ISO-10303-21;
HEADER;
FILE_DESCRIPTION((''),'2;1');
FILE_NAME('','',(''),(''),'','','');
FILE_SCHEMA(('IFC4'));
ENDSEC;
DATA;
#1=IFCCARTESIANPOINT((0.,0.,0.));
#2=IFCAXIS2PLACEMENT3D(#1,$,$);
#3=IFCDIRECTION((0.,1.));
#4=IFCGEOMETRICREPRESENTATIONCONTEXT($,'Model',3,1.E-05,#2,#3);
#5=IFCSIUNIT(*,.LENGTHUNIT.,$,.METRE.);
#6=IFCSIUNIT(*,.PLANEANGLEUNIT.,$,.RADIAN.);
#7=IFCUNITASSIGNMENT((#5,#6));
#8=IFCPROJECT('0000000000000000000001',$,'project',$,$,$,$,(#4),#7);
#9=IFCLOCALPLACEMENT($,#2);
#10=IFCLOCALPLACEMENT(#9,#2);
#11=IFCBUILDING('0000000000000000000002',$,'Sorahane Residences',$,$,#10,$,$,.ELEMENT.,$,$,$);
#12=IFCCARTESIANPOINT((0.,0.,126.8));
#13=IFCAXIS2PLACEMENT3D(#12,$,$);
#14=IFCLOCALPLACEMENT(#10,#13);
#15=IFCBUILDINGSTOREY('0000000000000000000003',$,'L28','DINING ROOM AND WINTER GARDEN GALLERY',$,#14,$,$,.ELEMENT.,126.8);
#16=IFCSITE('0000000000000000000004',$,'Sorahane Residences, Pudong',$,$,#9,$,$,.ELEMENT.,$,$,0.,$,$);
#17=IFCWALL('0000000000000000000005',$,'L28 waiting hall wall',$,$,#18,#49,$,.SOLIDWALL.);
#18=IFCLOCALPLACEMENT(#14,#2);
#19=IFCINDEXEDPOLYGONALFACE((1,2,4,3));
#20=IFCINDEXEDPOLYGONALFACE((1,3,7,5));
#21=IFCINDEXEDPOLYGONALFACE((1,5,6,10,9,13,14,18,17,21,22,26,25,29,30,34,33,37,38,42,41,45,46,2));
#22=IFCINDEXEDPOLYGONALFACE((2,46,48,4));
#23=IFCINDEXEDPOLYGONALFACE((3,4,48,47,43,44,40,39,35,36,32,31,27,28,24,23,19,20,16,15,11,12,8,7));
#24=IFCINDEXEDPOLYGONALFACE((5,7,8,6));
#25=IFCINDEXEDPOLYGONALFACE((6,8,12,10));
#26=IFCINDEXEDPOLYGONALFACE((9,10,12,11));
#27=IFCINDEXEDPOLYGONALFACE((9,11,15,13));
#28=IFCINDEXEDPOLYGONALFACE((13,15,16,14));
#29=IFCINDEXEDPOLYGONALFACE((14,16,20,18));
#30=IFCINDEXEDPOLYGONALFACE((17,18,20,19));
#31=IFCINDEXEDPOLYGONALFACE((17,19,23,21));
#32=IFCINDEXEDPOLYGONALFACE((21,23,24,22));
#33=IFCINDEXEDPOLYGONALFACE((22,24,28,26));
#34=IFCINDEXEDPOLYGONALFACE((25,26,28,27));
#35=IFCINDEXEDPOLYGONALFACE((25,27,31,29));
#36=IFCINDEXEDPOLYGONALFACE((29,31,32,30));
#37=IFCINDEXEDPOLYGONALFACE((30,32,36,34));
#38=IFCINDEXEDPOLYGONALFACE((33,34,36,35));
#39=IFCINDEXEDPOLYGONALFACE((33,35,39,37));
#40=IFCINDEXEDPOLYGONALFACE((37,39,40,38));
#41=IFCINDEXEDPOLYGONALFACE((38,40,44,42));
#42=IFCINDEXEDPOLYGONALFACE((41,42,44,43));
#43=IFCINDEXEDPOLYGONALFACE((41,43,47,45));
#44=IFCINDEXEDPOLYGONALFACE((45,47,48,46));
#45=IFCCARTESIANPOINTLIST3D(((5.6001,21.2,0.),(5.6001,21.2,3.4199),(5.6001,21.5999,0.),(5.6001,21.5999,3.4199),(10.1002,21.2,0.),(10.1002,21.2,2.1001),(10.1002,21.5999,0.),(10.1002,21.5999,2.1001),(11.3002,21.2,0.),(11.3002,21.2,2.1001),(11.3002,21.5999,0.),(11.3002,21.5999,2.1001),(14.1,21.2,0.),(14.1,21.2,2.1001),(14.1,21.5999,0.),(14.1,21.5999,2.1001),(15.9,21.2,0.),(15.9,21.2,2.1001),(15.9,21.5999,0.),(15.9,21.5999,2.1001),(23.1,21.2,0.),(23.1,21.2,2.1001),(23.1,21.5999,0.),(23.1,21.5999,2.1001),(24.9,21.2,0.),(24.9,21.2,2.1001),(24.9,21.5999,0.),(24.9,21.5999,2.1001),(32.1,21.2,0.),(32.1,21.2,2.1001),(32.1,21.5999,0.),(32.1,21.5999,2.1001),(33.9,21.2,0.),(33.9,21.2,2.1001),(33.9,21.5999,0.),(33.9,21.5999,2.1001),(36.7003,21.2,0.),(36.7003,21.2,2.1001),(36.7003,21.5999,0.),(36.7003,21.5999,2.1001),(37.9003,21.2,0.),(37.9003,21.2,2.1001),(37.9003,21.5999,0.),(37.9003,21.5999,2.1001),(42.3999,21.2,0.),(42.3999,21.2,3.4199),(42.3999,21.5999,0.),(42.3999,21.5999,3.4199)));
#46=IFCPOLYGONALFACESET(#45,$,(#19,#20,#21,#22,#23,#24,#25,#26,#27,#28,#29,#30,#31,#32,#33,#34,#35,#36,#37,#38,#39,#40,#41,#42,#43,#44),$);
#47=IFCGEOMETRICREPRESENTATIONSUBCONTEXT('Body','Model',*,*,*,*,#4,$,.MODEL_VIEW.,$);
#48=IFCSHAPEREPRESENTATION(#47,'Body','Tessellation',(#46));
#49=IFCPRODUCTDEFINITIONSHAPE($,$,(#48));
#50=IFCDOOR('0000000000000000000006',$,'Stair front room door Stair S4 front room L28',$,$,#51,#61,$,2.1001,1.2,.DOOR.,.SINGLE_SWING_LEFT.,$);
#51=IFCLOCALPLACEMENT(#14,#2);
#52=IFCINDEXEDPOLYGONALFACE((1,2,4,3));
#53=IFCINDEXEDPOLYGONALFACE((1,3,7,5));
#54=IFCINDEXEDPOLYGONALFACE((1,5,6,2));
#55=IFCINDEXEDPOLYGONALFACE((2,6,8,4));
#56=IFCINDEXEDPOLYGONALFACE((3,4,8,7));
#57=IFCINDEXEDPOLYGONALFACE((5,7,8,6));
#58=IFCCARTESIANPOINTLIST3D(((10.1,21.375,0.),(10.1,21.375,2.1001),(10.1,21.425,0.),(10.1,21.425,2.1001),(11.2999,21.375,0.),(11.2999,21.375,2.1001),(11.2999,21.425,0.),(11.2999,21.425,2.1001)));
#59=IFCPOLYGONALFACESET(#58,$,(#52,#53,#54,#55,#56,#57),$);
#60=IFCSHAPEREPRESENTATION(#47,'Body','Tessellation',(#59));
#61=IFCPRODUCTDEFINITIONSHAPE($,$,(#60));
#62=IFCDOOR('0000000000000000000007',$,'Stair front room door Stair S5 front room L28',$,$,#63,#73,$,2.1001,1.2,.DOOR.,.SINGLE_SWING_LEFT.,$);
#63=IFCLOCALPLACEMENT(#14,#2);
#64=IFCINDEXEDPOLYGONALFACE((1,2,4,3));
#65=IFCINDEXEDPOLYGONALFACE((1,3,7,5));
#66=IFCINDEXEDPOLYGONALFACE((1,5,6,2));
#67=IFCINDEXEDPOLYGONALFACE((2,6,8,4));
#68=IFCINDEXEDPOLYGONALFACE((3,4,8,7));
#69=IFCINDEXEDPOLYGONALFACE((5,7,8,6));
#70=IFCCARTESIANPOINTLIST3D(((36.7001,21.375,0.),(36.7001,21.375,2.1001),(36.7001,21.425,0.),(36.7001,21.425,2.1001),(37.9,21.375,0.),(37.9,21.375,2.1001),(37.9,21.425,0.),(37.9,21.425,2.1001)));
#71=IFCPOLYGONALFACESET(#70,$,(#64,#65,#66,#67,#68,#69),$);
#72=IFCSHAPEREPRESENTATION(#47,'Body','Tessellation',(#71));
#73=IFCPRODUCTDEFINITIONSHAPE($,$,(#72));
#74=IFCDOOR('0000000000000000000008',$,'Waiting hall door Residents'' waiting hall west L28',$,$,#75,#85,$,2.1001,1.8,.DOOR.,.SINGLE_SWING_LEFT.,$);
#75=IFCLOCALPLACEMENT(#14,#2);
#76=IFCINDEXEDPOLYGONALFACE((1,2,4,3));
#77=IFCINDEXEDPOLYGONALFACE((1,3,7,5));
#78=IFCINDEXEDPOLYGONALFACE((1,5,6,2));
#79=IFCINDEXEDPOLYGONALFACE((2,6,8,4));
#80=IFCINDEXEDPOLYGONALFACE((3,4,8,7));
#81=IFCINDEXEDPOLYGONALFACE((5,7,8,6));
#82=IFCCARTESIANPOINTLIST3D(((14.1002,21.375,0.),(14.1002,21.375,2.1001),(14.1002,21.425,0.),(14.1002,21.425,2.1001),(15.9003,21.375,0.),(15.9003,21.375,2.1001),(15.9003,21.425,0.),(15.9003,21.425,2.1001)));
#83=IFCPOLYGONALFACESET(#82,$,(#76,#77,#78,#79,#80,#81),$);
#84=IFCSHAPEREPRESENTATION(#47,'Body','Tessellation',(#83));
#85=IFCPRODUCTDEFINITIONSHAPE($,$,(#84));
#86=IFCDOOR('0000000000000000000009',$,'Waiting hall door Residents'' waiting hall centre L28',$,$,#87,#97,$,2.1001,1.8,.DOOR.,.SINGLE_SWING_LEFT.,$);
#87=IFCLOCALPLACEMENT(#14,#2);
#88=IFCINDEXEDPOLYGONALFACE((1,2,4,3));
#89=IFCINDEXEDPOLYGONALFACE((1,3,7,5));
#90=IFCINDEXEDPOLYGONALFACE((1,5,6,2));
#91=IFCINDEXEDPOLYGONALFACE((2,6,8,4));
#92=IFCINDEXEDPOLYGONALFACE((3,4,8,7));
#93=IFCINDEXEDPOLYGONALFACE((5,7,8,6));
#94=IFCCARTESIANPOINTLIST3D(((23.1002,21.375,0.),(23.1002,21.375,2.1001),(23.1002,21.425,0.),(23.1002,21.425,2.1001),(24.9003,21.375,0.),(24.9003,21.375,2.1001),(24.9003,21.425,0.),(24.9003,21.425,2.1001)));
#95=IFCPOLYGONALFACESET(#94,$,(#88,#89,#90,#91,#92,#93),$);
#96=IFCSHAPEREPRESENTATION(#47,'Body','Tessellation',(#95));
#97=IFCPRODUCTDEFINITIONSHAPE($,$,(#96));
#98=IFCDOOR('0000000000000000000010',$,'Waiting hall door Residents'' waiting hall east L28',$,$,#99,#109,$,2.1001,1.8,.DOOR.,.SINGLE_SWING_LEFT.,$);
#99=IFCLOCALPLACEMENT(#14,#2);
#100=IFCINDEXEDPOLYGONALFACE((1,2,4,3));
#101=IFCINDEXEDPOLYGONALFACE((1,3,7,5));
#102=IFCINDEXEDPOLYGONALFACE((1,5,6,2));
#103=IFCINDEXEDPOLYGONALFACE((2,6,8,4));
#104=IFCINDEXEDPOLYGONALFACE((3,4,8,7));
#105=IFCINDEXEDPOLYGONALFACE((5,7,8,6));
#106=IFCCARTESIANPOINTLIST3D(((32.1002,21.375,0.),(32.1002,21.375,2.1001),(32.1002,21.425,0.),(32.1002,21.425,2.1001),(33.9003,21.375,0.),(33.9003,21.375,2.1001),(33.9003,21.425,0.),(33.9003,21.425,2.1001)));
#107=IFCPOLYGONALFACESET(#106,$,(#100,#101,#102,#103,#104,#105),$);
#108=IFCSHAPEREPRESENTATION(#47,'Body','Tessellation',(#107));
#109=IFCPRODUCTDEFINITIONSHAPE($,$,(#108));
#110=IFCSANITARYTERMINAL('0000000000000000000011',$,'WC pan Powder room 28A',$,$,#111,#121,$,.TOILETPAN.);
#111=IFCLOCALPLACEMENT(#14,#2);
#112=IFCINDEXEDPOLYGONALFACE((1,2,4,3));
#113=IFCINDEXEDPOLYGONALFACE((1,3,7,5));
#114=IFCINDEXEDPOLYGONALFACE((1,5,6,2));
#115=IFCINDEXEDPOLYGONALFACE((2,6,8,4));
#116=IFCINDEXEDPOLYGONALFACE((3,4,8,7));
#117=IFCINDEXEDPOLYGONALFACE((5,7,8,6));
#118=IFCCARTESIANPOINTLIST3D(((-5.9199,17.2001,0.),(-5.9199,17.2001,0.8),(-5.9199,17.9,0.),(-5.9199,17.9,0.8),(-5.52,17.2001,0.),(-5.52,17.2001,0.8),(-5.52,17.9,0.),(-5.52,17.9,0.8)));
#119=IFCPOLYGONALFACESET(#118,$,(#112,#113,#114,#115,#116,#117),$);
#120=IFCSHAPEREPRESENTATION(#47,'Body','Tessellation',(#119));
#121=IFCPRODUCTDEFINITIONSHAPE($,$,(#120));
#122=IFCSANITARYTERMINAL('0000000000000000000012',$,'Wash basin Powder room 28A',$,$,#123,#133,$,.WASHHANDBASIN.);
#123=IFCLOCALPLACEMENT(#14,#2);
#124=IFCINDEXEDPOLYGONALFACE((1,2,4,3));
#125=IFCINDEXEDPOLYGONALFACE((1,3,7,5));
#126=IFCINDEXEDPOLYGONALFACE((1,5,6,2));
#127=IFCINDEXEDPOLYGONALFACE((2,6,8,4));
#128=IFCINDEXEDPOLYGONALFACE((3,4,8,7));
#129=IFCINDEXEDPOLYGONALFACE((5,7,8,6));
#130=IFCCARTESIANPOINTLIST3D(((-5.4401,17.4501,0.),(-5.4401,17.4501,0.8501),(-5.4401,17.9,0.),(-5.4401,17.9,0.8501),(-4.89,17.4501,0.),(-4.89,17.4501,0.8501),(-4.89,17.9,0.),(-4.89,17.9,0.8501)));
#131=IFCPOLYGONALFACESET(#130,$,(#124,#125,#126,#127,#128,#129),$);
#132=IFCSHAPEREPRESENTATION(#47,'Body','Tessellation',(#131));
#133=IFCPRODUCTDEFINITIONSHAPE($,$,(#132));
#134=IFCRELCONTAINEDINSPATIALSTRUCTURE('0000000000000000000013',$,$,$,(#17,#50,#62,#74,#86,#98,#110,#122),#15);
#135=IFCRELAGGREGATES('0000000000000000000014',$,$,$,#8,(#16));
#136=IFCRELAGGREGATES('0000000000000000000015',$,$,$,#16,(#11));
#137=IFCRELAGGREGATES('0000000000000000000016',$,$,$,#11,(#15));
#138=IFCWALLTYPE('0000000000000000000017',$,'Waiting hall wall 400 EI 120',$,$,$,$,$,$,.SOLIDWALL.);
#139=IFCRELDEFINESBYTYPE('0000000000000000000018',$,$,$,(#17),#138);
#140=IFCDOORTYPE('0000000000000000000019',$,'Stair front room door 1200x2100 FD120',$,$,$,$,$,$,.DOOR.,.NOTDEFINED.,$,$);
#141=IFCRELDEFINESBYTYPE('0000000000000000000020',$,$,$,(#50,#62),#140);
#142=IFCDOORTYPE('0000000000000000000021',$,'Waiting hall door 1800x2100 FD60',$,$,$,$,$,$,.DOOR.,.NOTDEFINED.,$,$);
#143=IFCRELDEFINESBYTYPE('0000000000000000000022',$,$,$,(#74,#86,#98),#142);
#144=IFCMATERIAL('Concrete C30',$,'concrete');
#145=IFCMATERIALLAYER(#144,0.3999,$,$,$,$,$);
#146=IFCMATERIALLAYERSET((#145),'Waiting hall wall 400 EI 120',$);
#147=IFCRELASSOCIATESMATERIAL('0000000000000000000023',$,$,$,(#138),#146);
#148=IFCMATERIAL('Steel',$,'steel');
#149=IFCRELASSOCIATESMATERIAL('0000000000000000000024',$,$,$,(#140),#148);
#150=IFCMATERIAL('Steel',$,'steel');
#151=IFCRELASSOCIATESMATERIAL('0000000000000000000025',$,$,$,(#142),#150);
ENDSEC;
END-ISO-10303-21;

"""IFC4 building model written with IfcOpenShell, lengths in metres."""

from ifc_helpers import new_model, si_unit, direction, frame, frame_2d, origin, origin_2d, place, context, subcontext, project, spatial, rectangle, extrude, material, layer, layer_set, type_object, element, fill, save


model = new_model("IFC4")

# Units and contexts
model_context = context("Model", 3, precision=1e-05, world=origin(), true_north=direction((0.0, 1.0)))
body_context = subcontext(model_context, "Body", "Model", "MODEL_VIEW")
ifc_project = project(units=[si_unit("LENGTHUNIT", "METRE"), si_unit("PLANEANGLEUNIT", "RADIAN")], contexts=[model_context])

# Site, building, storey
site_placement = place(None, origin())
site = spatial("IfcSite", under=ifc_project, at=site_placement, Name="Sorahane Residences, Pudong", CompositionType="ELEMENT", RefElevation=0.0)
building_placement = place(site_placement, origin())
building = spatial("IfcBuilding", under=site, at=building_placement, Name="Sorahane Residences", CompositionType="ELEMENT")
storey_placement = place(building_placement, frame((0.0, 0.0, 126.8)))
storey = spatial("IfcBuildingStorey", under=building, at=storey_placement, Name="L28", Description="DINING ROOM AND WINTER GARDEN GALLERY", CompositionType="ELEMENT", Elevation=126.8)

# Wall, openings, doors
ifc_material_1 = material(Name="Concrete C30", Category="concrete")
ifc_layer_1 = layer(ifc_material_1, 0.3999)
ifc_layer_set_1 = layer_set([ifc_layer_1], Name="Waiting hall wall 400 EI 120")
wall_type_1 = type_object("IfcWallType", Name="Waiting hall wall 400 EI 120", PredefinedType="SOLIDWALL", material=ifc_layer_set_1)
wall_1_placement = place(storey_placement, frame((5.6001, 21.3999, 0.0), z_axis=(0.0, 0.0, 1.0), x_axis=(1.0, 0.0, 0.0)))
wall_1 = element("IfcWall", 1, at=wall_1_placement, inside=storey, type_object=wall_type_1, Name="L28 waiting hall wall", PredefinedType="SOLIDWALL", context=body_context, shape_type="SweptSolid", body=[
    extrude(rectangle(XDim=36.7998, YDim=0.3999, at=frame_2d((18.3999, 0.0))), origin(), (0.0, 0.0, 1.0), 3.4199),
])
opening_1_placement = place(wall_1_placement, frame((8.5, 0.0, 0.0)))
opening_1 = element("IfcOpeningElement", 2, at=opening_1_placement, cuts=wall_1, PredefinedType="OPENING", context=body_context, shape_type="SweptSolid", body=[
    extrude(rectangle(XDim=1.8, YDim=2.1001, at=frame_2d((0.8999, 1.05))), frame((0.0, 0.21, 0.0), z_axis=(0.0, -1.0, 0.0), x_axis=(1.0, 0.0, 0.0)), (0.0, 0.0, 1.0), 0.4199),
])
opening_2_placement = place(wall_1_placement, frame((17.5, 0.0, 0.0)))
opening_2 = element("IfcOpeningElement", 3, at=opening_2_placement, cuts=wall_1, PredefinedType="OPENING", context=body_context, shape_type="SweptSolid", body=[
    extrude(rectangle(XDim=1.8, YDim=2.1001, at=frame_2d((0.8999, 1.05))), frame((0.0, 0.21, 0.0), z_axis=(0.0, -1.0, 0.0), x_axis=(1.0, 0.0, 0.0)), (0.0, 0.0, 1.0), 0.4199),
])
opening_3_placement = place(wall_1_placement, frame((26.5, 0.0, 0.0)))
opening_3 = element("IfcOpeningElement", 4, at=opening_3_placement, cuts=wall_1, PredefinedType="OPENING", context=body_context, shape_type="SweptSolid", body=[
    extrude(rectangle(XDim=1.8, YDim=2.1001, at=frame_2d((0.8999, 1.05))), frame((0.0, 0.21, 0.0), z_axis=(0.0, -1.0, 0.0), x_axis=(1.0, 0.0, 0.0)), (0.0, 0.0, 1.0), 0.4199),
])
opening_4_placement = place(wall_1_placement, frame((4.5, 0.0, 0.0)))
opening_4 = element("IfcOpeningElement", 5, at=opening_4_placement, cuts=wall_1, PredefinedType="OPENING", context=body_context, shape_type="SweptSolid", body=[
    extrude(rectangle(XDim=1.2, YDim=2.1001, at=frame_2d((0.6001, 1.05))), frame((0.0, 0.21, 0.0), z_axis=(0.0, -1.0, 0.0), x_axis=(1.0, 0.0, 0.0)), (0.0, 0.0, 1.0), 0.4199),
])
opening_5_placement = place(wall_1_placement, frame((31.1001, 0.0, 0.0)))
opening_5 = element("IfcOpeningElement", 6, at=opening_5_placement, cuts=wall_1, PredefinedType="OPENING", context=body_context, shape_type="SweptSolid", body=[
    extrude(rectangle(XDim=1.2, YDim=2.1001, at=frame_2d((0.6001, 1.05))), frame((0.0, 0.21, 0.0), z_axis=(0.0, -1.0, 0.0), x_axis=(1.0, 0.0, 0.0)), (0.0, 0.0, 1.0), 0.4199),
])
ifc_material_2 = material(Name="Steel", Category="steel")
door_type_1 = type_object("IfcDoorType", Name="Stair front room door 1200x2100 FD120", OperationType="NOTDEFINED", PredefinedType="DOOR", material=ifc_material_2)
door_1_placement = place(opening_4_placement, frame((1.2, 0.0, 0.0), z_axis=(0.0, 0.0, 1.0), x_axis=(-1.0, 0.0, 0.0)))
door_1 = element("IfcDoor", 7, at=door_1_placement, inside=storey, type_object=door_type_1, Name="Stair front room door Stair S4 front room L28", OperationType="SINGLE_SWING_LEFT", OverallHeight=2.1001, OverallWidth=1.2, PredefinedType="DOOR", context=body_context, shape_type="SweptSolid", body=[
    extrude(rectangle(XDim=1.2, YDim=2.1001, at=frame_2d((0.6001, 1.05))), frame((0.0, 0.0249, 0.0), z_axis=(0.0, -1.0, 0.0), x_axis=(1.0, 0.0, 0.0)), (0.0, 0.0, 1.0), 0.05),
])
fill(opening_4, door_1)
door_2_placement = place(opening_5_placement, frame((1.2, 0.0, 0.0), z_axis=(0.0, 0.0, 1.0), x_axis=(-1.0, 0.0, 0.0)))
door_2 = element("IfcDoor", 8, at=door_2_placement, inside=storey, type_object=door_type_1, Name="Stair front room door Stair S5 front room L28", OperationType="SINGLE_SWING_LEFT", OverallHeight=2.1001, OverallWidth=1.2, PredefinedType="DOOR", context=body_context, shape_type="SweptSolid", body=[
    extrude(rectangle(XDim=1.2, YDim=2.1001, at=frame_2d((0.6001, 1.05))), frame((0.0, 0.0249, 0.0), z_axis=(0.0, -1.0, 0.0), x_axis=(1.0, 0.0, 0.0)), (0.0, 0.0, 1.0), 0.05),
])
fill(opening_5, door_2)
ifc_material_3 = material(Name="Steel", Category="steel")
door_type_2 = type_object("IfcDoorType", Name="Waiting hall door 1800x2100 FD60", OperationType="NOTDEFINED", PredefinedType="DOOR", material=ifc_material_3)
door_3_placement = place(opening_1_placement, frame((1.8, 0.0, 0.0), z_axis=(0.0, 0.0, 1.0), x_axis=(-1.0, 0.0, 0.0)))
door_3 = element("IfcDoor", 9, at=door_3_placement, inside=storey, type_object=door_type_2, Name="Waiting hall door Residents' waiting hall west L28", OperationType="SINGLE_SWING_LEFT", OverallHeight=2.1001, OverallWidth=1.8, PredefinedType="DOOR", context=body_context, shape_type="SweptSolid", body=[
    extrude(rectangle(XDim=1.8, YDim=2.1001, at=frame_2d((0.8999, 1.05))), frame((0.0, 0.0249, 0.0), z_axis=(0.0, -1.0, 0.0), x_axis=(1.0, 0.0, 0.0)), (0.0, 0.0, 1.0), 0.05),
])
fill(opening_1, door_3)
door_4_placement = place(opening_2_placement, frame((1.8, 0.0, 0.0), z_axis=(0.0, 0.0, 1.0), x_axis=(-1.0, 0.0, 0.0)))
door_4 = element("IfcDoor", 10, at=door_4_placement, inside=storey, type_object=door_type_2, Name="Waiting hall door Residents' waiting hall centre L28", OperationType="SINGLE_SWING_LEFT", OverallHeight=2.1001, OverallWidth=1.8, PredefinedType="DOOR", context=body_context, shape_type="SweptSolid", body=[
    extrude(rectangle(XDim=1.8, YDim=2.1001, at=frame_2d((0.8999, 1.05))), frame((0.0, 0.0249, 0.0), z_axis=(0.0, -1.0, 0.0), x_axis=(1.0, 0.0, 0.0)), (0.0, 0.0, 1.0), 0.05),
])
fill(opening_2, door_4)
door_5_placement = place(opening_3_placement, frame((1.8, 0.0, 0.0), z_axis=(0.0, 0.0, 1.0), x_axis=(-1.0, 0.0, 0.0)))
door_5 = element("IfcDoor", 11, at=door_5_placement, inside=storey, type_object=door_type_2, Name="Waiting hall door Residents' waiting hall east L28", OperationType="SINGLE_SWING_LEFT", OverallHeight=2.1001, OverallWidth=1.8, PredefinedType="DOOR", context=body_context, shape_type="SweptSolid", body=[
    extrude(rectangle(XDim=1.8, YDim=2.1001, at=frame_2d((0.8999, 1.05))), frame((0.0, 0.0249, 0.0), z_axis=(0.0, -1.0, 0.0), x_axis=(1.0, 0.0, 0.0)), (0.0, 0.0, 1.0), 0.05),
])
fill(opening_3, door_5)

# Sanitary terminals
sanitary_terminal_1_placement = place(storey_placement, frame((-5.72, 17.55, 0.0), z_axis=(0.0, 0.0, 1.0), x_axis=(1.0, 0.0, 0.0)))
element("IfcSanitaryTerminal", 12, at=sanitary_terminal_1_placement, inside=storey, Name="WC pan Powder room 28A", PredefinedType="TOILETPAN", context=body_context, shape_type="SweptSolid", body=[
    extrude(rectangle(XDim=0.3999, YDim=0.7, at=origin_2d()), origin(), (0.0, 0.0, 1.0), 0.8),
])
sanitary_terminal_2_placement = place(storey_placement, frame((-5.165, 17.675, 0.0), z_axis=(0.0, 0.0, 1.0), x_axis=(1.0, 0.0, 0.0)))
element("IfcSanitaryTerminal", 13, at=sanitary_terminal_2_placement, inside=storey, Name="Wash basin Powder room 28A", PredefinedType="WASHHANDBASIN", context=body_context, shape_type="SweptSolid", body=[
    extrude(rectangle(XDim=0.55, YDim=0.45, at=origin_2d()), origin(), (0.0, 0.0, 1.0), 0.8501),
])

save(model, "model.ifc")
